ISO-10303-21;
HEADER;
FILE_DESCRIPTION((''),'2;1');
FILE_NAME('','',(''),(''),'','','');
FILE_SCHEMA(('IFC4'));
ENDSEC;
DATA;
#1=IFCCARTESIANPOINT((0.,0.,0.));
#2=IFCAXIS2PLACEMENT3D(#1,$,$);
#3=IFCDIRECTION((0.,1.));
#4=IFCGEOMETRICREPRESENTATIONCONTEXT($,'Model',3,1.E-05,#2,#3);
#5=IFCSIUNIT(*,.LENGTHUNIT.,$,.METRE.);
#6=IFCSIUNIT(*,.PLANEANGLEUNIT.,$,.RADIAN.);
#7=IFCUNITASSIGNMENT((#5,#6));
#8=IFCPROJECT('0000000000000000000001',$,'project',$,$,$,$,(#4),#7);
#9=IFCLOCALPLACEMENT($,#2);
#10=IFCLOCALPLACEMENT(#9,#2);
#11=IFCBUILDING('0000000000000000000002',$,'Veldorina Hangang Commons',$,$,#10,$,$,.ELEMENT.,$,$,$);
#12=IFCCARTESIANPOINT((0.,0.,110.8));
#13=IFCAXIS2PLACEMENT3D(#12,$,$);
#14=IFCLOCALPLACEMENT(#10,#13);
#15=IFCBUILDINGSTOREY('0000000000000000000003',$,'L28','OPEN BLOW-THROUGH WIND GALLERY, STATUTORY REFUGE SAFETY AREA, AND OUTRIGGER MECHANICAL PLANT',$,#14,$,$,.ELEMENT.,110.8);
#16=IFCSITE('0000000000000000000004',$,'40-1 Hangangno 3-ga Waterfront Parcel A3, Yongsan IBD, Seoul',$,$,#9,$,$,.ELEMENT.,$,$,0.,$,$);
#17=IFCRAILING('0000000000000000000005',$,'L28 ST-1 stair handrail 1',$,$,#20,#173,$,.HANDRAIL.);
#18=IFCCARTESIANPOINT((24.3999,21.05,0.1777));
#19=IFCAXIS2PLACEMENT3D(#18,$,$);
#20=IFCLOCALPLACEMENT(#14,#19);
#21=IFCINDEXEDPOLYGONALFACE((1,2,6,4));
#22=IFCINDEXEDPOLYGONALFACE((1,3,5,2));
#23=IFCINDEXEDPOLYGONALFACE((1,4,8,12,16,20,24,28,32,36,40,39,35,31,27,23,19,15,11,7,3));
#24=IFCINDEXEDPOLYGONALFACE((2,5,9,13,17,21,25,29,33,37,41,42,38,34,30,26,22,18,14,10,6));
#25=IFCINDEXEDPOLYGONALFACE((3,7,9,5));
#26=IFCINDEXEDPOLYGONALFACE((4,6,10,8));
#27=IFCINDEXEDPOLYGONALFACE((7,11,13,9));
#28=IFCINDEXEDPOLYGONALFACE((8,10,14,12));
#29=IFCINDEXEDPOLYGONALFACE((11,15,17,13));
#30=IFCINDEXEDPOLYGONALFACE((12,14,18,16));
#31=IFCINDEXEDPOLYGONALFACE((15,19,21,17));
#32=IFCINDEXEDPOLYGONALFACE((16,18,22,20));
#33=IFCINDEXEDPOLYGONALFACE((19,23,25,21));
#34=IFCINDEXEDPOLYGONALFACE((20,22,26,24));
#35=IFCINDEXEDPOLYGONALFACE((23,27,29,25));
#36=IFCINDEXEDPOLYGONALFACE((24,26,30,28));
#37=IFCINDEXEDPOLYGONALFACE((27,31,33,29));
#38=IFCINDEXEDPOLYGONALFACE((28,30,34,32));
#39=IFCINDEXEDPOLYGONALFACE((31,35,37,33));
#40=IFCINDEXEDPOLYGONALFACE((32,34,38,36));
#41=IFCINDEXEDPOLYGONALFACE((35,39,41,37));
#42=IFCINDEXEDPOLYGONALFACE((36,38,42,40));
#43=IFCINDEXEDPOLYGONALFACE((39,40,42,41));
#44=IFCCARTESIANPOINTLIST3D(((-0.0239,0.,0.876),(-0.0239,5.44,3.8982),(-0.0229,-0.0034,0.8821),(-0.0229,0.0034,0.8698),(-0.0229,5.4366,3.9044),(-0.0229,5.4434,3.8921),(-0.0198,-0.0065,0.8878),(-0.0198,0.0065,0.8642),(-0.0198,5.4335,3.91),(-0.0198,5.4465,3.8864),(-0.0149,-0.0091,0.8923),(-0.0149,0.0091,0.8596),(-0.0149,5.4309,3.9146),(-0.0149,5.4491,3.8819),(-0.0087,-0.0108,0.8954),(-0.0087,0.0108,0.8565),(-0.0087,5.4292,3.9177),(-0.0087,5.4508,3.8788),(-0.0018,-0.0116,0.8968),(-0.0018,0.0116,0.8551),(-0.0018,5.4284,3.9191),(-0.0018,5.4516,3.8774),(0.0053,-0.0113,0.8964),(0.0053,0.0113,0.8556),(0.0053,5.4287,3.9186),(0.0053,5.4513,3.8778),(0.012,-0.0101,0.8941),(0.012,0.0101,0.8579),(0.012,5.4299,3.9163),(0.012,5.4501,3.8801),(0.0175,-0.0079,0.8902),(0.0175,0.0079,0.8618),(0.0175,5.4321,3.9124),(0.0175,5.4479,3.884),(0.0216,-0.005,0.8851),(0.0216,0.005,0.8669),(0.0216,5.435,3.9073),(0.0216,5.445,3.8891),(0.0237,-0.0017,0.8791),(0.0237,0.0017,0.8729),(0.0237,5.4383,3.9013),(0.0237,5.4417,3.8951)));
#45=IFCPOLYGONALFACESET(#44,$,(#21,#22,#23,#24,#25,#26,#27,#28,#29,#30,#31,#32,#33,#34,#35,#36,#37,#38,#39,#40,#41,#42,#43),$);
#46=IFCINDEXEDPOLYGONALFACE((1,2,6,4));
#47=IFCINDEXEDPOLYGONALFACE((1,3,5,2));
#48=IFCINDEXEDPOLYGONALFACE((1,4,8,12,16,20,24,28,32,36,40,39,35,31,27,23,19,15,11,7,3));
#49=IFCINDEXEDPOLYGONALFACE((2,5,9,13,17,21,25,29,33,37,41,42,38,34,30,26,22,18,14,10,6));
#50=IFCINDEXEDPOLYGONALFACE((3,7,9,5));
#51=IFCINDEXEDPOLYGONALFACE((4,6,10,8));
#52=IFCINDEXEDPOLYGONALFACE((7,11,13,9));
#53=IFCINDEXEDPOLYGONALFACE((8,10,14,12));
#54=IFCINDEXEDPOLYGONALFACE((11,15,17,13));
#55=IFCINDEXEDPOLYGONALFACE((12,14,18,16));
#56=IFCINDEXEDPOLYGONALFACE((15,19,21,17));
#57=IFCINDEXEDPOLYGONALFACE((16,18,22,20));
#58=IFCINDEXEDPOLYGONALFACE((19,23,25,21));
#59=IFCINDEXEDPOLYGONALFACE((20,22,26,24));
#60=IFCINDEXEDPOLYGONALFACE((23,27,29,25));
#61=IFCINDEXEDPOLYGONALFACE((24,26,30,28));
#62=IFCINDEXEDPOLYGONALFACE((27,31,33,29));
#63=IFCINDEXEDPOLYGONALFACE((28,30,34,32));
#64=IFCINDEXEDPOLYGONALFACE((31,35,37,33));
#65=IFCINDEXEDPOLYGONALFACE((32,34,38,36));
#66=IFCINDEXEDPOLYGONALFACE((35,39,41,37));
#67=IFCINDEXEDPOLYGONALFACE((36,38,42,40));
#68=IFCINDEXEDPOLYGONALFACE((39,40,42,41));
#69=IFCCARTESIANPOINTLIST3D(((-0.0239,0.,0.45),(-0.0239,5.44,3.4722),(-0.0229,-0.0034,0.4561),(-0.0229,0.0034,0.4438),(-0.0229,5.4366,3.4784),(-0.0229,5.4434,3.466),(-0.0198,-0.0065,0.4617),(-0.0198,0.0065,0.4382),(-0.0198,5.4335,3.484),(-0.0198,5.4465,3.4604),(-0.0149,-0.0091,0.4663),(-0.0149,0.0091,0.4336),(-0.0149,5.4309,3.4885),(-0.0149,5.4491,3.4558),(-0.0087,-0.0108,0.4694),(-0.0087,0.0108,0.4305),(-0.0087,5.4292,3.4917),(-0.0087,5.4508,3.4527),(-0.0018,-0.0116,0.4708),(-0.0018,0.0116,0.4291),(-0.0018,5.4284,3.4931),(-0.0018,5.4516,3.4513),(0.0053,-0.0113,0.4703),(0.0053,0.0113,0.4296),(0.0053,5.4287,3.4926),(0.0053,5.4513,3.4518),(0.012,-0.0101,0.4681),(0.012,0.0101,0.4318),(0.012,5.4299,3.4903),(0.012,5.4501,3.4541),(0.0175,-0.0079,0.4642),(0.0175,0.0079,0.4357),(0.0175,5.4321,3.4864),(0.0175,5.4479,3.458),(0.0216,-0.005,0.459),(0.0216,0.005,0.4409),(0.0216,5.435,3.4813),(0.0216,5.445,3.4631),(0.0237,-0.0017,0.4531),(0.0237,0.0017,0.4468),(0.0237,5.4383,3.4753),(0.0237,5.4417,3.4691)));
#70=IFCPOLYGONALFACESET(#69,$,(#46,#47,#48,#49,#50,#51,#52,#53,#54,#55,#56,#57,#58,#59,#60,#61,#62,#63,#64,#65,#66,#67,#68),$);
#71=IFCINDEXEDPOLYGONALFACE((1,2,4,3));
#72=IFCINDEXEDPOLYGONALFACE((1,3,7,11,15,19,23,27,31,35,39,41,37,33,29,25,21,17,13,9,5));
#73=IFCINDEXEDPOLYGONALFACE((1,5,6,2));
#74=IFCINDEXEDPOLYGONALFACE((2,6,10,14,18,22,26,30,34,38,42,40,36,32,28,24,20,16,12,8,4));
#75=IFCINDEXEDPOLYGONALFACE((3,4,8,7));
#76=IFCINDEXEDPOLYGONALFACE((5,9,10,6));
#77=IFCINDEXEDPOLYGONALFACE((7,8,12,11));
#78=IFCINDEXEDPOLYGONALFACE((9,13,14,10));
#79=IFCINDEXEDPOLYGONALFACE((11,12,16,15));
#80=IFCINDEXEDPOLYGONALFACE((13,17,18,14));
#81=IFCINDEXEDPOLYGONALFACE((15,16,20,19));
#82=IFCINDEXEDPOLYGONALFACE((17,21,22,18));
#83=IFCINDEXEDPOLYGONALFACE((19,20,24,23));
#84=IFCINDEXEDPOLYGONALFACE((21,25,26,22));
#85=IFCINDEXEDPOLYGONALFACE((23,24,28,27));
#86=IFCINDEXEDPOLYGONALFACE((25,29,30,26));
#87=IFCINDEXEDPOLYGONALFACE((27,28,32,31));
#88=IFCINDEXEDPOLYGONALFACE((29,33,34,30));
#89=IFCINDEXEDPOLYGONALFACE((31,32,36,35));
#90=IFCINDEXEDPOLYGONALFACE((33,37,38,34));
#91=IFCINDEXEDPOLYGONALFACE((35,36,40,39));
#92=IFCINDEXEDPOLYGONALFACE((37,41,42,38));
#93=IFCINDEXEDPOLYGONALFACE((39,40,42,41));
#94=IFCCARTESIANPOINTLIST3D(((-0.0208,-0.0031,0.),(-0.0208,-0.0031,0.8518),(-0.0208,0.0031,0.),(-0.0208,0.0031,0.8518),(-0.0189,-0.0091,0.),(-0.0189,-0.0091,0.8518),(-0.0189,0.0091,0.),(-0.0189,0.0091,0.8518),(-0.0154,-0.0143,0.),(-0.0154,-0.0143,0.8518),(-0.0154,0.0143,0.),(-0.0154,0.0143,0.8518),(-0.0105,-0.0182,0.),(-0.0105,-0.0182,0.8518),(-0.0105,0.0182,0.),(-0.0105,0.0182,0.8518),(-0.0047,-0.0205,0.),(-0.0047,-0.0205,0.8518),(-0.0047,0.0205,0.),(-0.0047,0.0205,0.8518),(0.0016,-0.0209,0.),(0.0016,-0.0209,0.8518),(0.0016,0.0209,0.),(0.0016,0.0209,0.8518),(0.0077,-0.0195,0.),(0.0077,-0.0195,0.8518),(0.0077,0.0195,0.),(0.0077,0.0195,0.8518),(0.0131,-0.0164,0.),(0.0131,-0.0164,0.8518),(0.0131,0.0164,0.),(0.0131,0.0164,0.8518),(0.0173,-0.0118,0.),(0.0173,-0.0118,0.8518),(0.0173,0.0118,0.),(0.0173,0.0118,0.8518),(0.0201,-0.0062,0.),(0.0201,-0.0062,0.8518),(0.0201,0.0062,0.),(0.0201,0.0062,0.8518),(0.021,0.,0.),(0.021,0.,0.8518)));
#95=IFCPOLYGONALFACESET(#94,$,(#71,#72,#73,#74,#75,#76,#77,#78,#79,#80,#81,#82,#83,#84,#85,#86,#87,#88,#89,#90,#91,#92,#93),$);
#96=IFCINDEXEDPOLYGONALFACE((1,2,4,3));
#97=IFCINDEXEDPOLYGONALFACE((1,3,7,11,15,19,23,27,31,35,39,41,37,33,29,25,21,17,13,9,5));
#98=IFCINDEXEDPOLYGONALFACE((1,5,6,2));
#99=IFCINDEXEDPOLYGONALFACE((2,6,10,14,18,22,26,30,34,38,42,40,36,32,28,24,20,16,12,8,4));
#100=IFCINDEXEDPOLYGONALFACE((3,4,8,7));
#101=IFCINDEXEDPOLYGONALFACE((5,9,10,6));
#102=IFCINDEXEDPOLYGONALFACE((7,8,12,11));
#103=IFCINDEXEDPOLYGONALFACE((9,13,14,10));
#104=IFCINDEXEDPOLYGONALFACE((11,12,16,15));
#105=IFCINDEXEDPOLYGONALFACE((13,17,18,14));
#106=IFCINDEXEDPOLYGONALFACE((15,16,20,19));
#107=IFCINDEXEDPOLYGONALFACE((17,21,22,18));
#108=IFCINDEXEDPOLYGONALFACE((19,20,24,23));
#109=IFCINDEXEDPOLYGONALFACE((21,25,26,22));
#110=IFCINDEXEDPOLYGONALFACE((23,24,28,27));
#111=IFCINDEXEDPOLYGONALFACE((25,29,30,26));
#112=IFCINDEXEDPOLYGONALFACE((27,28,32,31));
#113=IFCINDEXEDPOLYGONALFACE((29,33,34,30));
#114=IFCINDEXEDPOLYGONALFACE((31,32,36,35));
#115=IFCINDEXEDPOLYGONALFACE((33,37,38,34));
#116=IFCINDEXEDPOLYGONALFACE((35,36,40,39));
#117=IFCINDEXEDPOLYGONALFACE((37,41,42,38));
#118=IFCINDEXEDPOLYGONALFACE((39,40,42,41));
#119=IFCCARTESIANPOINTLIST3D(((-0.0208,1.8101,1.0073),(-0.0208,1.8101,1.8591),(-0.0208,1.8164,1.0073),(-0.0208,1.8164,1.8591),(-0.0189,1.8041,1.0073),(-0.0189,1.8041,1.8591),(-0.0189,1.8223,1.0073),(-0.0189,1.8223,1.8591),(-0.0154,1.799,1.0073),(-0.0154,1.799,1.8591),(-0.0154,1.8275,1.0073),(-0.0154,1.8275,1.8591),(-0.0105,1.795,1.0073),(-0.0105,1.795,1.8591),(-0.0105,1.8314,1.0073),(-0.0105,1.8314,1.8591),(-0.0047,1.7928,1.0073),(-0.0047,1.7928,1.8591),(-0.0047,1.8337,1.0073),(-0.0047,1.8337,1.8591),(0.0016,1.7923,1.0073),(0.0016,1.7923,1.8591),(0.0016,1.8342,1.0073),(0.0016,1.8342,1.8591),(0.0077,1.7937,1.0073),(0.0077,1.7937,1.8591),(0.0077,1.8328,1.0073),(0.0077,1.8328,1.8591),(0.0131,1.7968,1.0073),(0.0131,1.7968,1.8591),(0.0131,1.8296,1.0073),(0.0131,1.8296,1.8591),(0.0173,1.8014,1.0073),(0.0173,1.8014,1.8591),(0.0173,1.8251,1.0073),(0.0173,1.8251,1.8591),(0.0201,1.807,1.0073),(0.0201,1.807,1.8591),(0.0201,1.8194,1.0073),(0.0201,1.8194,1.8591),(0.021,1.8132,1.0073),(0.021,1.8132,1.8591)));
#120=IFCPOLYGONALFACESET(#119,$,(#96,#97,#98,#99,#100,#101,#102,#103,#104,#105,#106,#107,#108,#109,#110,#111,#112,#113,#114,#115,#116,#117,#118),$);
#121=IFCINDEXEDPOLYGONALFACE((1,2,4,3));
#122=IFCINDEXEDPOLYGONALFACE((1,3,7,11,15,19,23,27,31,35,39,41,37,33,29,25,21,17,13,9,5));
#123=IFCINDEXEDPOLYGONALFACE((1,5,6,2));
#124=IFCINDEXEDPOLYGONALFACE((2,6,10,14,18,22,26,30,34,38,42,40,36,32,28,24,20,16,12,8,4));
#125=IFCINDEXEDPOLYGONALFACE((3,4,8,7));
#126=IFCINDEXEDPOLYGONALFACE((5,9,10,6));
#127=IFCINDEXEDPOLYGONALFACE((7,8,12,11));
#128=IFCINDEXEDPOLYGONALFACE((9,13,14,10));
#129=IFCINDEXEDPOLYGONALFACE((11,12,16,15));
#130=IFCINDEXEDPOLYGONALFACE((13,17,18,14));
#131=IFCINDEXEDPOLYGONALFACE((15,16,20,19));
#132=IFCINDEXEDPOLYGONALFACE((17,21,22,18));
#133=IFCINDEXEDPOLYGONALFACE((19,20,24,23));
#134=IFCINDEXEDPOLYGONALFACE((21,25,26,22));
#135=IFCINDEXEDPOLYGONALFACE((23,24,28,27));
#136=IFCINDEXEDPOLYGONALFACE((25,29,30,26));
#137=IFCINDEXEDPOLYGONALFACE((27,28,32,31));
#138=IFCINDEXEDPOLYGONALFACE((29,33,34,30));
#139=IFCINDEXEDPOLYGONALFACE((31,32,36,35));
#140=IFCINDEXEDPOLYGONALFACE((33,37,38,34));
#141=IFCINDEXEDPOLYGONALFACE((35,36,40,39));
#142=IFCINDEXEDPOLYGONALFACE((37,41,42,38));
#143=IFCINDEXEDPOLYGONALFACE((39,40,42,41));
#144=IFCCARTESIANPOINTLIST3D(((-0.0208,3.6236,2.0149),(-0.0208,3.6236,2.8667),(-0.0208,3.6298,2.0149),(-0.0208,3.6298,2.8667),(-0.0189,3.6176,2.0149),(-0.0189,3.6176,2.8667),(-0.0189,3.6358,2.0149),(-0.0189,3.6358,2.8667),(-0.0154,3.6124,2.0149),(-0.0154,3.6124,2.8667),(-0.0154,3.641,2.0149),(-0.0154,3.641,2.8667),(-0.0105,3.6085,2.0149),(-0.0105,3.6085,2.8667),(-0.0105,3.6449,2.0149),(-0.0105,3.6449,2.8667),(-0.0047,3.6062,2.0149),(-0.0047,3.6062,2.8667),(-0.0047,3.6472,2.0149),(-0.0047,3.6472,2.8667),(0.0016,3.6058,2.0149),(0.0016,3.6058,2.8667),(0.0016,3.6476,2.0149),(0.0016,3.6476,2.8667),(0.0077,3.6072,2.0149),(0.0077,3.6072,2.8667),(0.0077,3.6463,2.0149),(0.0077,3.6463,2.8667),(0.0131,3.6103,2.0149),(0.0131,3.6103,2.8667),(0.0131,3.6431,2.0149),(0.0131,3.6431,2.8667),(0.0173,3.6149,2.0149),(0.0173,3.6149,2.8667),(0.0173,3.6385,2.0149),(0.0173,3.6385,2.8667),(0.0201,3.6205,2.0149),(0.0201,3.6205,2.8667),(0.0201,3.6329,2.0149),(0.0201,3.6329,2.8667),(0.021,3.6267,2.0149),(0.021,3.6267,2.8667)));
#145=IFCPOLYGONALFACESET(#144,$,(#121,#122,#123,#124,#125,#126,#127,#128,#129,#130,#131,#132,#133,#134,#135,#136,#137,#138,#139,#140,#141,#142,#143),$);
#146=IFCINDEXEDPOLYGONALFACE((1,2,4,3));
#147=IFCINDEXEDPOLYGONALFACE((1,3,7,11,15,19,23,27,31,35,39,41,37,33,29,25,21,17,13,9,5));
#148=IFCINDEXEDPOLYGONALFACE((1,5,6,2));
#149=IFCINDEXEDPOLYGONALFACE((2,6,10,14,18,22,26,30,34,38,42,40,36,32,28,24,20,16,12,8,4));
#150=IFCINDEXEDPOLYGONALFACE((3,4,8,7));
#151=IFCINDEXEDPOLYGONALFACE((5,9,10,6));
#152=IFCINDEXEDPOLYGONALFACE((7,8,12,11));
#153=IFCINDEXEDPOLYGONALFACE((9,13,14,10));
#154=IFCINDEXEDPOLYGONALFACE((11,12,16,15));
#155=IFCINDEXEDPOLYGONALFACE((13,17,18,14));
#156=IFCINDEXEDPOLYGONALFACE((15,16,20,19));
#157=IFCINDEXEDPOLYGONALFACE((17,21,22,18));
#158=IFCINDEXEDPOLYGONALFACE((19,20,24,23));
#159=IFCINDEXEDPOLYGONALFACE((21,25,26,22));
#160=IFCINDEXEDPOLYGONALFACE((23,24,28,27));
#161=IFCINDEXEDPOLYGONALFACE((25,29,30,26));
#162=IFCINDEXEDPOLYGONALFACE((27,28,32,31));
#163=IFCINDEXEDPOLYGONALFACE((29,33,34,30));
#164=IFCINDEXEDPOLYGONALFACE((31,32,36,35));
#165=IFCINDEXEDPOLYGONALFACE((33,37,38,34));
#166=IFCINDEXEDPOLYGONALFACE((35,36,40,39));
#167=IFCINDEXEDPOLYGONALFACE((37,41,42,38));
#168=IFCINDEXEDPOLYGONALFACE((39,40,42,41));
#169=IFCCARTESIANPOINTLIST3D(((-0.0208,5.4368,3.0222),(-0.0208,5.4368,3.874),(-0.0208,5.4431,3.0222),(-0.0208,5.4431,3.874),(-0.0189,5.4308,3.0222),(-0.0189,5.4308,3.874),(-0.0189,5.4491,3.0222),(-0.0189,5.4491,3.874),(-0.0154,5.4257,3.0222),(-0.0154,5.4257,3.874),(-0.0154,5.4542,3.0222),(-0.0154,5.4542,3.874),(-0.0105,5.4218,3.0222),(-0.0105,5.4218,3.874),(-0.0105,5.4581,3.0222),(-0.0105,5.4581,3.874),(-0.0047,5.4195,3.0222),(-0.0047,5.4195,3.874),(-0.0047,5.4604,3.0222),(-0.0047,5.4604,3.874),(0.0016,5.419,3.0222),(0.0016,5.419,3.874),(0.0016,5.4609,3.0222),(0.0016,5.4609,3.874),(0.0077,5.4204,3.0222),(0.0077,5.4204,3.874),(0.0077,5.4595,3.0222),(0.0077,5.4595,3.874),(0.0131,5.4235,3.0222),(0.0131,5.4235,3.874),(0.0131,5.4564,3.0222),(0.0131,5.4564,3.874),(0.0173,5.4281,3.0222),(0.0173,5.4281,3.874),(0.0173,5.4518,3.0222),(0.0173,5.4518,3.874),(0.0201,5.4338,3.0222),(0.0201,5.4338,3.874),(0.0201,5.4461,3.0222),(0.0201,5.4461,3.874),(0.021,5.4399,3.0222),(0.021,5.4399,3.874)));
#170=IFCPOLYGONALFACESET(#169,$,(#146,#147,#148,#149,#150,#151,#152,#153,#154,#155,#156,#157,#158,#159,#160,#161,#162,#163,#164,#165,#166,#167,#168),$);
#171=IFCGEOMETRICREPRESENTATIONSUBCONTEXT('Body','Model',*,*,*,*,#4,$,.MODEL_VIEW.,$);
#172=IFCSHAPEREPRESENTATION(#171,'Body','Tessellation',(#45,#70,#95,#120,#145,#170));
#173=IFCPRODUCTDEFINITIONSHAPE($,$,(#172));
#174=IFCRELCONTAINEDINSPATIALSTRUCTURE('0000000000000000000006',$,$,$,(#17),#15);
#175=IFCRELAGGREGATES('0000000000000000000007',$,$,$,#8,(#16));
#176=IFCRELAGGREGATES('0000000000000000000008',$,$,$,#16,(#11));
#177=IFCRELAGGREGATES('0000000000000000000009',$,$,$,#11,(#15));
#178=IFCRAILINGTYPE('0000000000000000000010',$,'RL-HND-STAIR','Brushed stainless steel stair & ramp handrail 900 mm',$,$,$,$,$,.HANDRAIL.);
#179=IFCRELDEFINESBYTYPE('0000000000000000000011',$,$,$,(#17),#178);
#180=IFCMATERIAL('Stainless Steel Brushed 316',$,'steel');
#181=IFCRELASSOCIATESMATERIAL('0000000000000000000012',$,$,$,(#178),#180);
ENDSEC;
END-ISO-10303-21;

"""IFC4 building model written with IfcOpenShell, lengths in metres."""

from ifc_helpers import new_model, si_unit, direction, frame, origin, origin_2d, place, context, subcontext, project, spatial, circle, extrude, material, type_object, element, save


model = new_model("IFC4")

# Units and contexts
model_context = context("Model", 3, precision=1e-05, world=origin(), true_north=direction((0.0, 1.0)))
body_context = subcontext(model_context, "Body", "Model", "MODEL_VIEW")
ifc_project = project(units=[si_unit("LENGTHUNIT", "METRE"), si_unit("PLANEANGLEUNIT", "RADIAN")], contexts=[model_context])

# Site, building, storey
site_placement = place(None, origin())
site = spatial("IfcSite", under=ifc_project, at=site_placement, Name="40-1 Hangangno 3-ga Waterfront Parcel A3, Yongsan IBD, Seoul", CompositionType="ELEMENT", RefElevation=0.0)
building_placement = place(site_placement, origin())
building = spatial("IfcBuilding", under=site, at=building_placement, Name="Veldorina Hangang Commons", CompositionType="ELEMENT")
storey_placement = place(building_placement, frame((0.0, 0.0, 110.8)))
storey = spatial("IfcBuildingStorey", under=building, at=storey_placement, Name="L28", Description="OPEN BLOW-THROUGH WIND GALLERY, STATUTORY REFUGE SAFETY AREA, AND OUTRIGGER MECHANICAL PLANT", CompositionType="ELEMENT", Elevation=110.8)

# Railing
ifc_material_1 = material(Name="Stainless Steel Brushed 316", Category="steel")
railing_type_1 = type_object("IfcRailingType", Name="RL-HND-STAIR", Description="Brushed stainless steel stair & ramp handrail 900 mm", PredefinedType="HANDRAIL", material=ifc_material_1)
railing_1_placement = place(storey_placement, frame((24.3999, 21.05, 0.1777)))
element("IfcRailing", 1, at=railing_1_placement, inside=storey, type_object=railing_type_1, Name="L28 ST-1 stair handrail 1", PredefinedType="HANDRAIL", context=body_context, shape_type="SweptSolid", body=[
    extrude(circle(Radius=0.0239, at=origin_2d()), frame((0.0, 0.0, 0.876), z_axis=(0.0, 0.874155, 0.485646), x_axis=(-1.0, 0.0, 0.0)), (0.0, 0.0, 1.0), 6.2231),
    extrude(circle(Radius=0.0239, at=origin_2d()), frame((0.0, 0.0, 0.45), z_axis=(0.0, 0.874155, 0.485646), x_axis=(-1.0, 0.0, 0.0)), (0.0, 0.0, 1.0), 6.2231),
    extrude(circle(Radius=0.021, at=origin_2d()), origin(), (0.0, 0.0, 1.0), 0.8518),
    extrude(circle(Radius=0.021, at=origin_2d()), frame((0.0, 1.8132, 1.0073)), (0.0, 0.0, 1.0), 0.8518),
    extrude(circle(Radius=0.021, at=origin_2d()), frame((0.0, 3.6267, 2.0149)), (0.0, 0.0, 1.0), 0.8518),
    extrude(circle(Radius=0.021, at=origin_2d()), frame((0.0, 5.4399, 3.0222)), (0.0, 0.0, 1.0), 0.8518),
])

save(model, "model.ifc")
